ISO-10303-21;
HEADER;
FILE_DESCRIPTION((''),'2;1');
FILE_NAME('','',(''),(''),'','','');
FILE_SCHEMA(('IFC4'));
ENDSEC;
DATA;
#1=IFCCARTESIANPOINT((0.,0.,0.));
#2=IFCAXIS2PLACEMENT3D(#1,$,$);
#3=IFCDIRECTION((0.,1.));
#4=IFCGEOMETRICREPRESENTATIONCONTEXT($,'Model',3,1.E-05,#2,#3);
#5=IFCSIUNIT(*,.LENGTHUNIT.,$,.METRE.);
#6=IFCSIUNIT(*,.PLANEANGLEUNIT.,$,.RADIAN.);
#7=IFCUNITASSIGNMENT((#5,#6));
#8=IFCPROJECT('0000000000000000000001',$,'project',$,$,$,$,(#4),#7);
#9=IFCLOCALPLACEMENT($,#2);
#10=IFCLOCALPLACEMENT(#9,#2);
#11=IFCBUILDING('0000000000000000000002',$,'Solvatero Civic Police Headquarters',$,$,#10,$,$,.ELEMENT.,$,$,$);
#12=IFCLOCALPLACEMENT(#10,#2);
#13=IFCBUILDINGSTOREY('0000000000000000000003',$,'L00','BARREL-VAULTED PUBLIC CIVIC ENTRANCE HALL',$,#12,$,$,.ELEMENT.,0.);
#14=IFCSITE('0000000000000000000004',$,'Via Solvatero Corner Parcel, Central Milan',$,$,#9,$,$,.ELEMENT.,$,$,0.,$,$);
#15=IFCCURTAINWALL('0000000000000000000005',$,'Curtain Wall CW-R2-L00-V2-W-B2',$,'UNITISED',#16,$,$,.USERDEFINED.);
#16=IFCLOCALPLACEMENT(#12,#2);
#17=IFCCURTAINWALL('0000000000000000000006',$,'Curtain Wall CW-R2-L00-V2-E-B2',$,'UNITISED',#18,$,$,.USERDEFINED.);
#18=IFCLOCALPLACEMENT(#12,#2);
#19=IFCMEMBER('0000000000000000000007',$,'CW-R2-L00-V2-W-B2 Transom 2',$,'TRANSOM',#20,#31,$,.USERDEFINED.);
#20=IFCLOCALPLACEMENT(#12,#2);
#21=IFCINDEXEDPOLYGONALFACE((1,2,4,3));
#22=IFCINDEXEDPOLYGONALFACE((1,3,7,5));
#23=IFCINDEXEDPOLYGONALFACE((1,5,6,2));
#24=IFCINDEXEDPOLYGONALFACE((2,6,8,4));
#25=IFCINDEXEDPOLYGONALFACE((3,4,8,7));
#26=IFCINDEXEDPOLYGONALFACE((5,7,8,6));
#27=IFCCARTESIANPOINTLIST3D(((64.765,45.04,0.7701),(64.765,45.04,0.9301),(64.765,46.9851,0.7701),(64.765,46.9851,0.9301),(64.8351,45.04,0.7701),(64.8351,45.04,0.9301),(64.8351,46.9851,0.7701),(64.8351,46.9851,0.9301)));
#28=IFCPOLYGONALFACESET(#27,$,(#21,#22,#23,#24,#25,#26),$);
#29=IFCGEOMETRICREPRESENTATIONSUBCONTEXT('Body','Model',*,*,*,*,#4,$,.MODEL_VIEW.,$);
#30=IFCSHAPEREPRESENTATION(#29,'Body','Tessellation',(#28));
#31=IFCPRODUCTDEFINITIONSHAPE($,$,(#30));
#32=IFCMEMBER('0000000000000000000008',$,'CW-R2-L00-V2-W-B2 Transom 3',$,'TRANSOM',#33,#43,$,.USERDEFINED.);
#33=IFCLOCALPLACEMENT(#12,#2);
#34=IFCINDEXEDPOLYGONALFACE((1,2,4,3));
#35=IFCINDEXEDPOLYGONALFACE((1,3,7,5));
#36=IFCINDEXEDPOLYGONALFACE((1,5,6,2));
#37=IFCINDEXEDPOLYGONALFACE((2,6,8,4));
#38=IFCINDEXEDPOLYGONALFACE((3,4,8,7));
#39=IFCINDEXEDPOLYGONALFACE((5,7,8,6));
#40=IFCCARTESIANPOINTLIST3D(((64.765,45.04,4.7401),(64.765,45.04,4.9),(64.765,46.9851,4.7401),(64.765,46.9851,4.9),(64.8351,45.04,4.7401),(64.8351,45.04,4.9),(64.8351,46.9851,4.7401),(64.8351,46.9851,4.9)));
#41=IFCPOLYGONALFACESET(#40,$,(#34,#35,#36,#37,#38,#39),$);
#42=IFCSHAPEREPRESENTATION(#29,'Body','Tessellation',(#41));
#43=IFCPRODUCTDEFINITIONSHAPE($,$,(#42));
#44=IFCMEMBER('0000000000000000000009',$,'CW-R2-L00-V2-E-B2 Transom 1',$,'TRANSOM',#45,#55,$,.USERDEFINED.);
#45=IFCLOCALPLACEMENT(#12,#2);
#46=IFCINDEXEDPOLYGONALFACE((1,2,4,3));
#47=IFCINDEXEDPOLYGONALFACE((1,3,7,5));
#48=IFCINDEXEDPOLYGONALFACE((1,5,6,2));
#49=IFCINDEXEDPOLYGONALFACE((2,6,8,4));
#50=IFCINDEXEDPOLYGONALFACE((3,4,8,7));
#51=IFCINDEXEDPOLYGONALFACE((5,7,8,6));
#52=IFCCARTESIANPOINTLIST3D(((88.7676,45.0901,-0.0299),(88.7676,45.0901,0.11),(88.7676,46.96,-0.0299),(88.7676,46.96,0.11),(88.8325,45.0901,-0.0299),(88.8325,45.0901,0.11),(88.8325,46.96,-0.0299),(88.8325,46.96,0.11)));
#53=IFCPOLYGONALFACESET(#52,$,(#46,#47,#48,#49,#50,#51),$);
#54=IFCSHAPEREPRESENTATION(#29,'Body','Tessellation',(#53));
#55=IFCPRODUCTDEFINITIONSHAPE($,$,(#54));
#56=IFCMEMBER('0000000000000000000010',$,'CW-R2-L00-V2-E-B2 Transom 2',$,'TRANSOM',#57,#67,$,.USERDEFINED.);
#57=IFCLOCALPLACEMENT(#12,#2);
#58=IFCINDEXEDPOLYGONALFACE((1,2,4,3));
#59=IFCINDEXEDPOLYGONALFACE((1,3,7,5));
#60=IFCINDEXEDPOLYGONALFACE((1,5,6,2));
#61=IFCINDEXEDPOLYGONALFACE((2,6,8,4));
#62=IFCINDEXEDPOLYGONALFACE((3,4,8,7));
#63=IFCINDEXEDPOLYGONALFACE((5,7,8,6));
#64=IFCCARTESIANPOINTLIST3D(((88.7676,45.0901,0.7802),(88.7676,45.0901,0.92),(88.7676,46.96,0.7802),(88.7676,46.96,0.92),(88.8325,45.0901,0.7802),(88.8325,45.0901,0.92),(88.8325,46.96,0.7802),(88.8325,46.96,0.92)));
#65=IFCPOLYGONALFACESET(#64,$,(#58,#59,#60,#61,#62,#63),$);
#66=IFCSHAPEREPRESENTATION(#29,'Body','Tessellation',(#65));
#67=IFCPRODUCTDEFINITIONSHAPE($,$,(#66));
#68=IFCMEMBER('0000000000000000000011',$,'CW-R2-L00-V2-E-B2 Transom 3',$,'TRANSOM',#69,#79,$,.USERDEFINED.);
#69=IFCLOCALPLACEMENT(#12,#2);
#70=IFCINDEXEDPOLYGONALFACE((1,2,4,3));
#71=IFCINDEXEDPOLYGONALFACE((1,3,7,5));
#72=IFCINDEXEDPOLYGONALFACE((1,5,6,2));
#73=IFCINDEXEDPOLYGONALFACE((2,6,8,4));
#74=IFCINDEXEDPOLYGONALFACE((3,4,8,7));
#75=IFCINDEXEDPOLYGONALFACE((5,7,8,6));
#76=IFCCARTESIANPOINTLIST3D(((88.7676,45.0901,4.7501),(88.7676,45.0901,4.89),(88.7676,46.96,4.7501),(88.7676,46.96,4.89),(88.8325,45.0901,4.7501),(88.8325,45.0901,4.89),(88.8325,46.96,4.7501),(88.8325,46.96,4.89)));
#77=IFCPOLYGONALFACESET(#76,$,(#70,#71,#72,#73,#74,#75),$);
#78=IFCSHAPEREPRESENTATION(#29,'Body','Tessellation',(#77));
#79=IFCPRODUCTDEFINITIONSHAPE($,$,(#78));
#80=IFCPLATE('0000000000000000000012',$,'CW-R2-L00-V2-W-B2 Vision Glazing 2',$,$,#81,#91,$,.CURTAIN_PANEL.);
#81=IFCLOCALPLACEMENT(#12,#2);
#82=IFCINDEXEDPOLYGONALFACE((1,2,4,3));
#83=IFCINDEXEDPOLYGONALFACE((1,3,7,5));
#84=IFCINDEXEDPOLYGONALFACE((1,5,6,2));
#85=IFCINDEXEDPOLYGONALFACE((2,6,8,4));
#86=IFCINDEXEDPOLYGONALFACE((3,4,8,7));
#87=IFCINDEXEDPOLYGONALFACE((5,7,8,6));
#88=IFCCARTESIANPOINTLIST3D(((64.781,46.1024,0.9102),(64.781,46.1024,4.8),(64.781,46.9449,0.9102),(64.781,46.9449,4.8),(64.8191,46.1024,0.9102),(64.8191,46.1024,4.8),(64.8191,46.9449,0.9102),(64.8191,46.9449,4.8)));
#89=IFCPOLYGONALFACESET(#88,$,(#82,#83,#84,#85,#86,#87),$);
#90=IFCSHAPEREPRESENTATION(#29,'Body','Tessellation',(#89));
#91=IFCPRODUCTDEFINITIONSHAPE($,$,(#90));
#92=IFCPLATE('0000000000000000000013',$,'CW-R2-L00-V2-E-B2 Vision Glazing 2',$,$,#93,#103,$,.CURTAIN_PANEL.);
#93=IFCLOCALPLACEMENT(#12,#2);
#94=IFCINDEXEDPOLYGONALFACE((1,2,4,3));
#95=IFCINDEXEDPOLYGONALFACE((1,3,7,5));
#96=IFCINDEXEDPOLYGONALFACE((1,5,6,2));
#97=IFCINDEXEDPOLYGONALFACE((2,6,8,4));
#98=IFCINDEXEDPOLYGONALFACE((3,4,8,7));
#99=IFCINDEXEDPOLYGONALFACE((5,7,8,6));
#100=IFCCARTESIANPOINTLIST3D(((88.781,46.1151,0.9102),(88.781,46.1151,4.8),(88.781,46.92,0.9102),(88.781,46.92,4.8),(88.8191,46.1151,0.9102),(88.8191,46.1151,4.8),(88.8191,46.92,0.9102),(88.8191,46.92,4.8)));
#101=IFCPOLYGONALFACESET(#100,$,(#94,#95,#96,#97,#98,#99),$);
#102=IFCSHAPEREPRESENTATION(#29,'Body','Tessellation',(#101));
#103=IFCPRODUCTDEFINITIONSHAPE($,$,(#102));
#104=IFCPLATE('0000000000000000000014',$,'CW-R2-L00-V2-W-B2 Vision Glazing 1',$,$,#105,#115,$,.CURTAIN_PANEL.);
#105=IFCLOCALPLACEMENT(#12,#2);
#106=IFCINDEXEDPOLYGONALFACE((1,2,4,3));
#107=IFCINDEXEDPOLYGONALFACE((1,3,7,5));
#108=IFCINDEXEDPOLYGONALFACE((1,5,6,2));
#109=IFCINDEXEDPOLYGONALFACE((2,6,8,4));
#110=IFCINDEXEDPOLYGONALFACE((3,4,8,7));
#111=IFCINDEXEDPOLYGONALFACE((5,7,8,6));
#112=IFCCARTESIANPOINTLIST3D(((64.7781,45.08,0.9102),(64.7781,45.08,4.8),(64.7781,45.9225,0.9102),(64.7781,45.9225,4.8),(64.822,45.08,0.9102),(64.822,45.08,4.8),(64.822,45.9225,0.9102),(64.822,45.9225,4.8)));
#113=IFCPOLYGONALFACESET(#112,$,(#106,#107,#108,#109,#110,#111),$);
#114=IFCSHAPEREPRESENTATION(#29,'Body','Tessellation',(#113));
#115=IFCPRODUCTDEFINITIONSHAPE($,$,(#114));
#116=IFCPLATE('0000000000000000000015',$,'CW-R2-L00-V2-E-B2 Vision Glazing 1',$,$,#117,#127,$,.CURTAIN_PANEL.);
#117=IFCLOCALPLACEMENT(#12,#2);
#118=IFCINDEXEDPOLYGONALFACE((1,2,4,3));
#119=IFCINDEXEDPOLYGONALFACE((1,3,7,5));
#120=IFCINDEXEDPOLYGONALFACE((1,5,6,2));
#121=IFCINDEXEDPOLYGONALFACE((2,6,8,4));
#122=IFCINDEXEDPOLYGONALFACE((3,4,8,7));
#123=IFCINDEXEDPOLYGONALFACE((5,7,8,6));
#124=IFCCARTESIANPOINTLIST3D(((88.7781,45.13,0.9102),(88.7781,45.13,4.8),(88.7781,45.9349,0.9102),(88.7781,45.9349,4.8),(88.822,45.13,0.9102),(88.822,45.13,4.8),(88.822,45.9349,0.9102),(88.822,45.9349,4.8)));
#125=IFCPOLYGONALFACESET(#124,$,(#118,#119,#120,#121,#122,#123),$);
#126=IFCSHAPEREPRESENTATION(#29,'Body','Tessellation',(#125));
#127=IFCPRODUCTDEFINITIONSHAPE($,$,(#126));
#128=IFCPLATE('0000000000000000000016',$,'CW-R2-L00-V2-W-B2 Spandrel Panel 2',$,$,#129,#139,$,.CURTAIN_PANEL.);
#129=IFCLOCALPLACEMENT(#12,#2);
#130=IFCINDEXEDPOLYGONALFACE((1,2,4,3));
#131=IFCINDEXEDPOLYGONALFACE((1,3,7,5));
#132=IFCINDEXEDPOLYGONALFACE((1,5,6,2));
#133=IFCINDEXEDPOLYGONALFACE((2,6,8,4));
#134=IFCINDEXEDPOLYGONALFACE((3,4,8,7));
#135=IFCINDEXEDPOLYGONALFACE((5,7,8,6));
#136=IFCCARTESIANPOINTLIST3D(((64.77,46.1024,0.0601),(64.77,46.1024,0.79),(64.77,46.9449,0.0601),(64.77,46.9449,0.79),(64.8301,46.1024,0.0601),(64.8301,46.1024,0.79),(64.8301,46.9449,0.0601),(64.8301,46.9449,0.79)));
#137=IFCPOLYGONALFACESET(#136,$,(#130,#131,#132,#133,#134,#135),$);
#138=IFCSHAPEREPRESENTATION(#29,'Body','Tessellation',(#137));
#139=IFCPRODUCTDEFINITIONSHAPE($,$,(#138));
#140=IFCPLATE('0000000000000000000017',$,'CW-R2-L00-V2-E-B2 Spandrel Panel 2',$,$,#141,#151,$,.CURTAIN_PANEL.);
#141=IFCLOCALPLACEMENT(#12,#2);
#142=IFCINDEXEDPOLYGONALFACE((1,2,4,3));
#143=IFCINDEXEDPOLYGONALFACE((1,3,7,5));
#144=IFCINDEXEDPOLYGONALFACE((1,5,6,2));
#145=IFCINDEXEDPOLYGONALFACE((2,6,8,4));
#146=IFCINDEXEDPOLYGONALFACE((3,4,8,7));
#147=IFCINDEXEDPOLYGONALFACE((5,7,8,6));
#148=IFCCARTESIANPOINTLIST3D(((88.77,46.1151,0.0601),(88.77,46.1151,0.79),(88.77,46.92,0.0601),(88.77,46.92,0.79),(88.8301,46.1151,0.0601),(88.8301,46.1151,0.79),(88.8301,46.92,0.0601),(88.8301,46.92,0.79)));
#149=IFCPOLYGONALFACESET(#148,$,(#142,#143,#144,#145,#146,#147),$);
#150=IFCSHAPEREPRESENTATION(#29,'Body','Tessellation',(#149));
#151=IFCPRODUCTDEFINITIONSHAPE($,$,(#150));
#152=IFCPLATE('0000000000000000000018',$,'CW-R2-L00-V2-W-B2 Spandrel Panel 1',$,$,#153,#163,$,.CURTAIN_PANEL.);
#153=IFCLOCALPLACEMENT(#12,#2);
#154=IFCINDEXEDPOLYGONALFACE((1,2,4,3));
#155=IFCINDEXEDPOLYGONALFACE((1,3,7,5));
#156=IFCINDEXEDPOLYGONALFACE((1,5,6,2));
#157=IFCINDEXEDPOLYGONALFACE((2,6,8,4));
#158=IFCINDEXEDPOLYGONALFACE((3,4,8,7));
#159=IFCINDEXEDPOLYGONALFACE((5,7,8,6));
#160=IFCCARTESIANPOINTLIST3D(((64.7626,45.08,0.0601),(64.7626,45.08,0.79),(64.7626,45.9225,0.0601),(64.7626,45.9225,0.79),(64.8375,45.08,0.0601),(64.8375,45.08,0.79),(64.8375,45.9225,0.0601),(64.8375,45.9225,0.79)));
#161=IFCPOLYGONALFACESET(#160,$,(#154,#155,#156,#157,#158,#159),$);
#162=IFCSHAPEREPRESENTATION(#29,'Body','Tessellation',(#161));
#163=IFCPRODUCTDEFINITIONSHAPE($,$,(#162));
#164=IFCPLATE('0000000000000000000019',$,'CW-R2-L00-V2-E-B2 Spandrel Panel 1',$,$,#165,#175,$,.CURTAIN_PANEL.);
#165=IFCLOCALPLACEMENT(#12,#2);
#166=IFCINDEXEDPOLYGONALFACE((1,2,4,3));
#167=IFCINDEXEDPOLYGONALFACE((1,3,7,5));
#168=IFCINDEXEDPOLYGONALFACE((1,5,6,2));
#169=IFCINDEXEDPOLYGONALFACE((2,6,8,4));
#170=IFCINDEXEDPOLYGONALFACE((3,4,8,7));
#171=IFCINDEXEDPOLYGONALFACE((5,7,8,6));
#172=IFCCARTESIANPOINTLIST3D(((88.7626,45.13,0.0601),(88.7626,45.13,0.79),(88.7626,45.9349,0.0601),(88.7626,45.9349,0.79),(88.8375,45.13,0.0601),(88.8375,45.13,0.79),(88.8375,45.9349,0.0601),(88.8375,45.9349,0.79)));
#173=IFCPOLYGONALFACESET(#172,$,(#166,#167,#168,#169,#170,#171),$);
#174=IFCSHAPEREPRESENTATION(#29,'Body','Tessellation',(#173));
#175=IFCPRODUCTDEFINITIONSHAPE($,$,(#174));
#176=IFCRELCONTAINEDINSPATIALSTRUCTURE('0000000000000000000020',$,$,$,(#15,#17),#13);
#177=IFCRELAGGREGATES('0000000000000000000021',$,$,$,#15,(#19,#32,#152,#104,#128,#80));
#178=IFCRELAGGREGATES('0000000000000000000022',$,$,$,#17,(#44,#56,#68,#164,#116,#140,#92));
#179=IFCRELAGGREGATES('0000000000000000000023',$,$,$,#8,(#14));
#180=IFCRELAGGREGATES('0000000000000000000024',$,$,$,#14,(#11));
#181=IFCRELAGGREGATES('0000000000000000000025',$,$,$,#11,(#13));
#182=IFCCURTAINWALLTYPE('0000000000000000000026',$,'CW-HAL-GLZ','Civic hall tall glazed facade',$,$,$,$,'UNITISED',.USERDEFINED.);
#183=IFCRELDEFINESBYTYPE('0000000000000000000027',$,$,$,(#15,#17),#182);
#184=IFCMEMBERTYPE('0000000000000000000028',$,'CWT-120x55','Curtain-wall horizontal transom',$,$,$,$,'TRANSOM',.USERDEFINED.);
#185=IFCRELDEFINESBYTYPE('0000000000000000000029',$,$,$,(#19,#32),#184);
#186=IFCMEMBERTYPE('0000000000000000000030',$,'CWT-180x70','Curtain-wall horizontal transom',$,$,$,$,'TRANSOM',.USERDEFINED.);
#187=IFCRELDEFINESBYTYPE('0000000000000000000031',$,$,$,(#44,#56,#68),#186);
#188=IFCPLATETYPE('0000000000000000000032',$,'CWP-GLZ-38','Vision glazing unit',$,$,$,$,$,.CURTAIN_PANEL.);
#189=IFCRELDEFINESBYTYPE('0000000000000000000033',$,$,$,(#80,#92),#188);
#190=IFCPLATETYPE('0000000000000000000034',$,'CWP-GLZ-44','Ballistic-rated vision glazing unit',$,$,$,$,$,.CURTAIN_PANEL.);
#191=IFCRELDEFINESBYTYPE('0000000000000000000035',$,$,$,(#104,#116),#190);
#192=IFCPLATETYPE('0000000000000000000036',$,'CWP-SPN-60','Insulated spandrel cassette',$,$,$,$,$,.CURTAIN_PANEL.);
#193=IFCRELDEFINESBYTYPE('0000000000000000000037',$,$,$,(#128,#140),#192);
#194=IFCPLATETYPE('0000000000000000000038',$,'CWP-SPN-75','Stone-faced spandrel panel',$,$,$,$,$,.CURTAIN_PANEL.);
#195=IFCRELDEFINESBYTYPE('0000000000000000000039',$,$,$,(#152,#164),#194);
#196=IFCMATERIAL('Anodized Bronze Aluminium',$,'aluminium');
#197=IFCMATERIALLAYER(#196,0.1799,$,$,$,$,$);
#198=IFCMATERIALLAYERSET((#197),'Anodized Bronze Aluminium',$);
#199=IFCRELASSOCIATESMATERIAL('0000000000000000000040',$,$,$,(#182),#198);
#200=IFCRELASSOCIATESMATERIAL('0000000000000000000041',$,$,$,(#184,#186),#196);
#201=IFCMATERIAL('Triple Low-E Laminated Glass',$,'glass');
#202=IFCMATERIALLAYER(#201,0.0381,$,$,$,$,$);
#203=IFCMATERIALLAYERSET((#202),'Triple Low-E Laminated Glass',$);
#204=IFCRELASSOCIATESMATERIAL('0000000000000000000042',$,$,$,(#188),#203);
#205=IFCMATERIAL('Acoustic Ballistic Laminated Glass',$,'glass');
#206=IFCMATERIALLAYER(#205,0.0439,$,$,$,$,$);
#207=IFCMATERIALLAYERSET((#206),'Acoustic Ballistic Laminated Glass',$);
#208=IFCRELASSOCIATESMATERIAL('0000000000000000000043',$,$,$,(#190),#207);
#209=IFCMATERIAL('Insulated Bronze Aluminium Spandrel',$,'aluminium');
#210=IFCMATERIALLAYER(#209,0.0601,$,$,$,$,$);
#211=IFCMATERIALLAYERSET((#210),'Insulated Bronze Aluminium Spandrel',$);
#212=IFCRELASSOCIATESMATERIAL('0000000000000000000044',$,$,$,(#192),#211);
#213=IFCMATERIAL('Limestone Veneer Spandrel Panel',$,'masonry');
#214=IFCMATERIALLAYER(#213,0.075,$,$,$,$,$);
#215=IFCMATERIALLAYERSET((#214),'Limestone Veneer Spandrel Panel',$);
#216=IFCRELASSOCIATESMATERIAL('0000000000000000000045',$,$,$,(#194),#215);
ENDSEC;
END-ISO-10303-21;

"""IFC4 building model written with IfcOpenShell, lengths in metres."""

from ifc_helpers import new_model, si_unit, direction, frame, origin, origin_2d, place, context, subcontext, project, spatial, rectangle, extrude, material, layer, layer_set, material_profile, profile_set, type_object, element, aggregate, save


model = new_model("IFC4")

# Units and contexts
model_context = context("Model", 3, precision=1e-05, world=origin(), true_north=direction((0.0, 1.0)))
body_context = subcontext(model_context, "Body", "Model", "MODEL_VIEW")
ifc_project = project(units=[si_unit("LENGTHUNIT", "METRE"), si_unit("PLANEANGLEUNIT", "RADIAN")], contexts=[model_context])

# Site, building, storey
site_placement = place(None, origin())
site = spatial("IfcSite", under=ifc_project, at=site_placement, Name="Via Solvatero Corner Parcel, Central Milan", CompositionType="ELEMENT", RefElevation=0.0)
building_placement = place(site_placement, origin())
building = spatial("IfcBuilding", under=site, at=building_placement, Name="Solvatero Civic Police Headquarters", CompositionType="ELEMENT")
storey_placement = place(building_placement, origin())
storey = spatial("IfcBuildingStorey", under=building, at=storey_placement, Name="L00", Description="BARREL-VAULTED PUBLIC CIVIC ENTRANCE HALL", CompositionType="ELEMENT", Elevation=0.0)

# Shared definitions
ifc_material_1 = material(Name="Anodized Bronze Aluminium", Category="aluminium")
ifc_layer_1 = layer(ifc_material_1, 0.1799)
ifc_layer_set_1 = layer_set([ifc_layer_1], Name="Anodized Bronze Aluminium")
curtain_wall_type = type_object("IfcCurtainWallType", Name="CW-HAL-GLZ", Description="Civic hall tall glazed facade", ElementType="UNITISED", PredefinedType="USERDEFINED", material=ifc_layer_set_1)

# Curtain walls
curtain_wall_1_placement = place(storey_placement, origin())
curtain_wall_1 = element("IfcCurtainWall", 1, at=curtain_wall_1_placement, inside=storey, type_object=curtain_wall_type, Name="Curtain Wall CW-R2-L00-V2-W-B2", ObjectType="UNITISED", PredefinedType="USERDEFINED")
curtain_wall_2_placement = place(storey_placement, origin())
curtain_wall_2 = element("IfcCurtainWall", 2, at=curtain_wall_2_placement, inside=storey, type_object=curtain_wall_type, Name="Curtain Wall CW-R2-L00-V2-E-B2", ObjectType="UNITISED", PredefinedType="USERDEFINED")

# Members
ifc_material_profile_1 = material_profile(ifc_material_1, rectangle(XDim=0.0701, YDim=0.1599, at=origin_2d()), Name="ALU TRANSOM 70x160")
ifc_profile_set_1 = profile_set([ifc_material_profile_1], Name="Anodized Bronze Aluminium")
member_type_1 = type_object("IfcMemberType", Name="CWT-120x55", Description="Curtain-wall horizontal transom", ElementType="TRANSOM", PredefinedType="USERDEFINED", material=ifc_profile_set_1)
member_1_placement = place(storey_placement, frame((64.8, 45.04, 0.8501), z_axis=(0.0, 1.0, 0.0), x_axis=(-1.0, 0.0, 0.0)))
member_1 = element("IfcMember", 3, at=member_1_placement, type_object=member_type_1, Name="CW-R2-L00-V2-W-B2 Transom 2", ObjectType="TRANSOM", PredefinedType="USERDEFINED", context=body_context, shape_type="SweptSolid", body=[
    extrude(rectangle(XDim=0.0701, YDim=0.1599, at=origin_2d()), origin(), (0.0, 0.0, 1.0), 1.9451),
])
member_2_placement = place(storey_placement, frame((64.8, 45.04, 4.8201), z_axis=(0.0, 1.0, 0.0), x_axis=(-1.0, 0.0, 0.0)))
member_2 = element("IfcMember", 4, at=member_2_placement, type_object=member_type_1, Name="CW-R2-L00-V2-W-B2 Transom 3", ObjectType="TRANSOM", PredefinedType="USERDEFINED", context=body_context, shape_type="SweptSolid", body=[
    extrude(rectangle(XDim=0.0701, YDim=0.1599, at=origin_2d()), origin(), (0.0, 0.0, 1.0), 1.9451),
])
ifc_material_profile_2 = material_profile(ifc_material_1, rectangle(XDim=0.0649, YDim=0.1399, at=origin_2d()), Name="ALU TRANSOM 65x140")
ifc_profile_set_2 = profile_set([ifc_material_profile_2], Name="Anodized Bronze Aluminium")
member_type_2 = type_object("IfcMemberType", Name="CWT-180x70", Description="Curtain-wall horizontal transom", ElementType="TRANSOM", PredefinedType="USERDEFINED", material=ifc_profile_set_2)
member_3_placement = place(storey_placement, frame((88.8, 45.0901, 0.04), z_axis=(0.0, 1.0, 0.0), x_axis=(-1.0, 0.0, 0.0)))
member_3 = element("IfcMember", 5, at=member_3_placement, type_object=member_type_2, Name="CW-R2-L00-V2-E-B2 Transom 1", ObjectType="TRANSOM", PredefinedType="USERDEFINED", context=body_context, shape_type="SweptSolid", body=[
    extrude(rectangle(XDim=0.0649, YDim=0.1399, at=origin_2d()), origin(), (0.0, 0.0, 1.0), 1.8699),
])
member_4_placement = place(storey_placement, frame((88.8, 45.0901, 0.8501), z_axis=(0.0, 1.0, 0.0), x_axis=(-1.0, 0.0, 0.0)))
member_4 = element("IfcMember", 6, at=member_4_placement, type_object=member_type_2, Name="CW-R2-L00-V2-E-B2 Transom 2", ObjectType="TRANSOM", PredefinedType="USERDEFINED", context=body_context, shape_type="SweptSolid", body=[
    extrude(rectangle(XDim=0.0649, YDim=0.1399, at=origin_2d()), origin(), (0.0, 0.0, 1.0), 1.8699),
])
member_5_placement = place(storey_placement, frame((88.8, 45.0901, 4.8201), z_axis=(0.0, 1.0, 0.0), x_axis=(-1.0, 0.0, 0.0)))
member_5 = element("IfcMember", 7, at=member_5_placement, type_object=member_type_2, Name="CW-R2-L00-V2-E-B2 Transom 3", ObjectType="TRANSOM", PredefinedType="USERDEFINED", context=body_context, shape_type="SweptSolid", body=[
    extrude(rectangle(XDim=0.0649, YDim=0.1399, at=origin_2d()), origin(), (0.0, 0.0, 1.0), 1.8699),
])

# Plates
ifc_material_2 = material(Name="Triple Low-E Laminated Glass", Category="glass")
ifc_layer_2 = layer(ifc_material_2, 0.0381)
ifc_layer_set_2 = layer_set([ifc_layer_2], Name="Triple Low-E Laminated Glass")
plate_type_1 = type_object("IfcPlateType", Name="CWP-GLZ-38", Description="Vision glazing unit", PredefinedType="CURTAIN_PANEL", material=ifc_layer_set_2)
plate_1_placement = place(storey_placement, frame((64.8, 46.5237, 0.9102), z_axis=(0.0, 0.0, 1.0), x_axis=(0.0, 1.0, 0.0)))
plate_1 = element("IfcPlate", 8, at=plate_1_placement, type_object=plate_type_1, Name="CW-R2-L00-V2-W-B2 Vision Glazing 2", PredefinedType="CURTAIN_PANEL", context=body_context, shape_type="SweptSolid", body=[
    extrude(rectangle(XDim=0.8425, YDim=0.0381, at=origin_2d()), origin(), (0.0, 0.0, 1.0), 3.8899),
])
plate_2_placement = place(storey_placement, frame((88.8, 46.5176, 0.9102), z_axis=(0.0, 0.0, 1.0), x_axis=(0.0, 1.0, 0.0)))
plate_2 = element("IfcPlate", 9, at=plate_2_placement, type_object=plate_type_1, Name="CW-R2-L00-V2-E-B2 Vision Glazing 2", PredefinedType="CURTAIN_PANEL", context=body_context, shape_type="SweptSolid", body=[
    extrude(rectangle(XDim=0.8049, YDim=0.0381, at=origin_2d()), origin(), (0.0, 0.0, 1.0), 3.8899),
])
ifc_material_3 = material(Name="Acoustic Ballistic Laminated Glass", Category="glass")
ifc_layer_3 = layer(ifc_material_3, 0.0439)
ifc_layer_set_3 = layer_set([ifc_layer_3], Name="Acoustic Ballistic Laminated Glass")
plate_type_2 = type_object("IfcPlateType", Name="CWP-GLZ-44", Description="Ballistic-rated vision glazing unit", PredefinedType="CURTAIN_PANEL", material=ifc_layer_set_3)
plate_3_placement = place(storey_placement, frame((64.8, 45.5012, 0.9102), z_axis=(0.0, 0.0, 1.0), x_axis=(0.0, 1.0, 0.0)))
plate_3 = element("IfcPlate", 10, at=plate_3_placement, type_object=plate_type_2, Name="CW-R2-L00-V2-W-B2 Vision Glazing 1", PredefinedType="CURTAIN_PANEL", context=body_context, shape_type="SweptSolid", body=[
    extrude(rectangle(XDim=0.8425, YDim=0.0439, at=origin_2d()), origin(), (0.0, 0.0, 1.0), 3.8899),
])
plate_4_placement = place(storey_placement, frame((88.8, 45.5325, 0.9102), z_axis=(0.0, 0.0, 1.0), x_axis=(0.0, 1.0, 0.0)))
plate_4 = element("IfcPlate", 11, at=plate_4_placement, type_object=plate_type_2, Name="CW-R2-L00-V2-E-B2 Vision Glazing 1", PredefinedType="CURTAIN_PANEL", context=body_context, shape_type="SweptSolid", body=[
    extrude(rectangle(XDim=0.8049, YDim=0.0439, at=origin_2d()), origin(), (0.0, 0.0, 1.0), 3.8899),
])
ifc_material_4 = material(Name="Insulated Bronze Aluminium Spandrel", Category="aluminium")
ifc_layer_4 = layer(ifc_material_4, 0.0601)
ifc_layer_set_4 = layer_set([ifc_layer_4], Name="Insulated Bronze Aluminium Spandrel")
plate_type_3 = type_object("IfcPlateType", Name="CWP-SPN-60", Description="Insulated spandrel cassette", PredefinedType="CURTAIN_PANEL", material=ifc_layer_set_4)
plate_5_placement = place(storey_placement, frame((64.8, 46.5237, 0.0601), z_axis=(0.0, 0.0, 1.0), x_axis=(0.0, 1.0, 0.0)))
plate_5 = element("IfcPlate", 12, at=plate_5_placement, type_object=plate_type_3, Name="CW-R2-L00-V2-W-B2 Spandrel Panel 2", PredefinedType="CURTAIN_PANEL", context=body_context, shape_type="SweptSolid", body=[
    extrude(rectangle(XDim=0.8425, YDim=0.0601, at=origin_2d()), origin(), (0.0, 0.0, 1.0), 0.73),
])
plate_6_placement = place(storey_placement, frame((88.8, 46.5176, 0.0601), z_axis=(0.0, 0.0, 1.0), x_axis=(0.0, 1.0, 0.0)))
plate_6 = element("IfcPlate", 13, at=plate_6_placement, type_object=plate_type_3, Name="CW-R2-L00-V2-E-B2 Spandrel Panel 2", PredefinedType="CURTAIN_PANEL", context=body_context, shape_type="SweptSolid", body=[
    extrude(rectangle(XDim=0.8049, YDim=0.0601, at=origin_2d()), origin(), (0.0, 0.0, 1.0), 0.73),
])
ifc_material_5 = material(Name="Limestone Veneer Spandrel Panel", Category="masonry")
ifc_layer_5 = layer(ifc_material_5, 0.075)
ifc_layer_set_5 = layer_set([ifc_layer_5], Name="Limestone Veneer Spandrel Panel")
plate_type_4 = type_object("IfcPlateType", Name="CWP-SPN-75", Description="Stone-faced spandrel panel", PredefinedType="CURTAIN_PANEL", material=ifc_layer_set_5)
plate_7_placement = place(storey_placement, frame((64.8, 45.5012, 0.0601), z_axis=(0.0, 0.0, 1.0), x_axis=(0.0, 1.0, 0.0)))
plate_7 = element("IfcPlate", 14, at=plate_7_placement, type_object=plate_type_4, Name="CW-R2-L00-V2-W-B2 Spandrel Panel 1", PredefinedType="CURTAIN_PANEL", context=body_context, shape_type="SweptSolid", body=[
    extrude(rectangle(XDim=0.8425, YDim=0.075, at=origin_2d()), origin(), (0.0, 0.0, 1.0), 0.73),
])
aggregate(curtain_wall_1, [member_1, member_2, plate_7, plate_3, plate_5, plate_1])
plate_8_placement = place(storey_placement, frame((88.8, 45.5325, 0.0601), z_axis=(0.0, 0.0, 1.0), x_axis=(0.0, 1.0, 0.0)))
plate_8 = element("IfcPlate", 15, at=plate_8_placement, type_object=plate_type_4, Name="CW-R2-L00-V2-E-B2 Spandrel Panel 1", PredefinedType="CURTAIN_PANEL", context=body_context, shape_type="SweptSolid", body=[
    extrude(rectangle(XDim=0.8049, YDim=0.075, at=origin_2d()), origin(), (0.0, 0.0, 1.0), 0.73),
])
aggregate(curtain_wall_2, [member_3, member_4, member_5, plate_8, plate_4, plate_6, plate_2])

save(model, "model.ifc")
